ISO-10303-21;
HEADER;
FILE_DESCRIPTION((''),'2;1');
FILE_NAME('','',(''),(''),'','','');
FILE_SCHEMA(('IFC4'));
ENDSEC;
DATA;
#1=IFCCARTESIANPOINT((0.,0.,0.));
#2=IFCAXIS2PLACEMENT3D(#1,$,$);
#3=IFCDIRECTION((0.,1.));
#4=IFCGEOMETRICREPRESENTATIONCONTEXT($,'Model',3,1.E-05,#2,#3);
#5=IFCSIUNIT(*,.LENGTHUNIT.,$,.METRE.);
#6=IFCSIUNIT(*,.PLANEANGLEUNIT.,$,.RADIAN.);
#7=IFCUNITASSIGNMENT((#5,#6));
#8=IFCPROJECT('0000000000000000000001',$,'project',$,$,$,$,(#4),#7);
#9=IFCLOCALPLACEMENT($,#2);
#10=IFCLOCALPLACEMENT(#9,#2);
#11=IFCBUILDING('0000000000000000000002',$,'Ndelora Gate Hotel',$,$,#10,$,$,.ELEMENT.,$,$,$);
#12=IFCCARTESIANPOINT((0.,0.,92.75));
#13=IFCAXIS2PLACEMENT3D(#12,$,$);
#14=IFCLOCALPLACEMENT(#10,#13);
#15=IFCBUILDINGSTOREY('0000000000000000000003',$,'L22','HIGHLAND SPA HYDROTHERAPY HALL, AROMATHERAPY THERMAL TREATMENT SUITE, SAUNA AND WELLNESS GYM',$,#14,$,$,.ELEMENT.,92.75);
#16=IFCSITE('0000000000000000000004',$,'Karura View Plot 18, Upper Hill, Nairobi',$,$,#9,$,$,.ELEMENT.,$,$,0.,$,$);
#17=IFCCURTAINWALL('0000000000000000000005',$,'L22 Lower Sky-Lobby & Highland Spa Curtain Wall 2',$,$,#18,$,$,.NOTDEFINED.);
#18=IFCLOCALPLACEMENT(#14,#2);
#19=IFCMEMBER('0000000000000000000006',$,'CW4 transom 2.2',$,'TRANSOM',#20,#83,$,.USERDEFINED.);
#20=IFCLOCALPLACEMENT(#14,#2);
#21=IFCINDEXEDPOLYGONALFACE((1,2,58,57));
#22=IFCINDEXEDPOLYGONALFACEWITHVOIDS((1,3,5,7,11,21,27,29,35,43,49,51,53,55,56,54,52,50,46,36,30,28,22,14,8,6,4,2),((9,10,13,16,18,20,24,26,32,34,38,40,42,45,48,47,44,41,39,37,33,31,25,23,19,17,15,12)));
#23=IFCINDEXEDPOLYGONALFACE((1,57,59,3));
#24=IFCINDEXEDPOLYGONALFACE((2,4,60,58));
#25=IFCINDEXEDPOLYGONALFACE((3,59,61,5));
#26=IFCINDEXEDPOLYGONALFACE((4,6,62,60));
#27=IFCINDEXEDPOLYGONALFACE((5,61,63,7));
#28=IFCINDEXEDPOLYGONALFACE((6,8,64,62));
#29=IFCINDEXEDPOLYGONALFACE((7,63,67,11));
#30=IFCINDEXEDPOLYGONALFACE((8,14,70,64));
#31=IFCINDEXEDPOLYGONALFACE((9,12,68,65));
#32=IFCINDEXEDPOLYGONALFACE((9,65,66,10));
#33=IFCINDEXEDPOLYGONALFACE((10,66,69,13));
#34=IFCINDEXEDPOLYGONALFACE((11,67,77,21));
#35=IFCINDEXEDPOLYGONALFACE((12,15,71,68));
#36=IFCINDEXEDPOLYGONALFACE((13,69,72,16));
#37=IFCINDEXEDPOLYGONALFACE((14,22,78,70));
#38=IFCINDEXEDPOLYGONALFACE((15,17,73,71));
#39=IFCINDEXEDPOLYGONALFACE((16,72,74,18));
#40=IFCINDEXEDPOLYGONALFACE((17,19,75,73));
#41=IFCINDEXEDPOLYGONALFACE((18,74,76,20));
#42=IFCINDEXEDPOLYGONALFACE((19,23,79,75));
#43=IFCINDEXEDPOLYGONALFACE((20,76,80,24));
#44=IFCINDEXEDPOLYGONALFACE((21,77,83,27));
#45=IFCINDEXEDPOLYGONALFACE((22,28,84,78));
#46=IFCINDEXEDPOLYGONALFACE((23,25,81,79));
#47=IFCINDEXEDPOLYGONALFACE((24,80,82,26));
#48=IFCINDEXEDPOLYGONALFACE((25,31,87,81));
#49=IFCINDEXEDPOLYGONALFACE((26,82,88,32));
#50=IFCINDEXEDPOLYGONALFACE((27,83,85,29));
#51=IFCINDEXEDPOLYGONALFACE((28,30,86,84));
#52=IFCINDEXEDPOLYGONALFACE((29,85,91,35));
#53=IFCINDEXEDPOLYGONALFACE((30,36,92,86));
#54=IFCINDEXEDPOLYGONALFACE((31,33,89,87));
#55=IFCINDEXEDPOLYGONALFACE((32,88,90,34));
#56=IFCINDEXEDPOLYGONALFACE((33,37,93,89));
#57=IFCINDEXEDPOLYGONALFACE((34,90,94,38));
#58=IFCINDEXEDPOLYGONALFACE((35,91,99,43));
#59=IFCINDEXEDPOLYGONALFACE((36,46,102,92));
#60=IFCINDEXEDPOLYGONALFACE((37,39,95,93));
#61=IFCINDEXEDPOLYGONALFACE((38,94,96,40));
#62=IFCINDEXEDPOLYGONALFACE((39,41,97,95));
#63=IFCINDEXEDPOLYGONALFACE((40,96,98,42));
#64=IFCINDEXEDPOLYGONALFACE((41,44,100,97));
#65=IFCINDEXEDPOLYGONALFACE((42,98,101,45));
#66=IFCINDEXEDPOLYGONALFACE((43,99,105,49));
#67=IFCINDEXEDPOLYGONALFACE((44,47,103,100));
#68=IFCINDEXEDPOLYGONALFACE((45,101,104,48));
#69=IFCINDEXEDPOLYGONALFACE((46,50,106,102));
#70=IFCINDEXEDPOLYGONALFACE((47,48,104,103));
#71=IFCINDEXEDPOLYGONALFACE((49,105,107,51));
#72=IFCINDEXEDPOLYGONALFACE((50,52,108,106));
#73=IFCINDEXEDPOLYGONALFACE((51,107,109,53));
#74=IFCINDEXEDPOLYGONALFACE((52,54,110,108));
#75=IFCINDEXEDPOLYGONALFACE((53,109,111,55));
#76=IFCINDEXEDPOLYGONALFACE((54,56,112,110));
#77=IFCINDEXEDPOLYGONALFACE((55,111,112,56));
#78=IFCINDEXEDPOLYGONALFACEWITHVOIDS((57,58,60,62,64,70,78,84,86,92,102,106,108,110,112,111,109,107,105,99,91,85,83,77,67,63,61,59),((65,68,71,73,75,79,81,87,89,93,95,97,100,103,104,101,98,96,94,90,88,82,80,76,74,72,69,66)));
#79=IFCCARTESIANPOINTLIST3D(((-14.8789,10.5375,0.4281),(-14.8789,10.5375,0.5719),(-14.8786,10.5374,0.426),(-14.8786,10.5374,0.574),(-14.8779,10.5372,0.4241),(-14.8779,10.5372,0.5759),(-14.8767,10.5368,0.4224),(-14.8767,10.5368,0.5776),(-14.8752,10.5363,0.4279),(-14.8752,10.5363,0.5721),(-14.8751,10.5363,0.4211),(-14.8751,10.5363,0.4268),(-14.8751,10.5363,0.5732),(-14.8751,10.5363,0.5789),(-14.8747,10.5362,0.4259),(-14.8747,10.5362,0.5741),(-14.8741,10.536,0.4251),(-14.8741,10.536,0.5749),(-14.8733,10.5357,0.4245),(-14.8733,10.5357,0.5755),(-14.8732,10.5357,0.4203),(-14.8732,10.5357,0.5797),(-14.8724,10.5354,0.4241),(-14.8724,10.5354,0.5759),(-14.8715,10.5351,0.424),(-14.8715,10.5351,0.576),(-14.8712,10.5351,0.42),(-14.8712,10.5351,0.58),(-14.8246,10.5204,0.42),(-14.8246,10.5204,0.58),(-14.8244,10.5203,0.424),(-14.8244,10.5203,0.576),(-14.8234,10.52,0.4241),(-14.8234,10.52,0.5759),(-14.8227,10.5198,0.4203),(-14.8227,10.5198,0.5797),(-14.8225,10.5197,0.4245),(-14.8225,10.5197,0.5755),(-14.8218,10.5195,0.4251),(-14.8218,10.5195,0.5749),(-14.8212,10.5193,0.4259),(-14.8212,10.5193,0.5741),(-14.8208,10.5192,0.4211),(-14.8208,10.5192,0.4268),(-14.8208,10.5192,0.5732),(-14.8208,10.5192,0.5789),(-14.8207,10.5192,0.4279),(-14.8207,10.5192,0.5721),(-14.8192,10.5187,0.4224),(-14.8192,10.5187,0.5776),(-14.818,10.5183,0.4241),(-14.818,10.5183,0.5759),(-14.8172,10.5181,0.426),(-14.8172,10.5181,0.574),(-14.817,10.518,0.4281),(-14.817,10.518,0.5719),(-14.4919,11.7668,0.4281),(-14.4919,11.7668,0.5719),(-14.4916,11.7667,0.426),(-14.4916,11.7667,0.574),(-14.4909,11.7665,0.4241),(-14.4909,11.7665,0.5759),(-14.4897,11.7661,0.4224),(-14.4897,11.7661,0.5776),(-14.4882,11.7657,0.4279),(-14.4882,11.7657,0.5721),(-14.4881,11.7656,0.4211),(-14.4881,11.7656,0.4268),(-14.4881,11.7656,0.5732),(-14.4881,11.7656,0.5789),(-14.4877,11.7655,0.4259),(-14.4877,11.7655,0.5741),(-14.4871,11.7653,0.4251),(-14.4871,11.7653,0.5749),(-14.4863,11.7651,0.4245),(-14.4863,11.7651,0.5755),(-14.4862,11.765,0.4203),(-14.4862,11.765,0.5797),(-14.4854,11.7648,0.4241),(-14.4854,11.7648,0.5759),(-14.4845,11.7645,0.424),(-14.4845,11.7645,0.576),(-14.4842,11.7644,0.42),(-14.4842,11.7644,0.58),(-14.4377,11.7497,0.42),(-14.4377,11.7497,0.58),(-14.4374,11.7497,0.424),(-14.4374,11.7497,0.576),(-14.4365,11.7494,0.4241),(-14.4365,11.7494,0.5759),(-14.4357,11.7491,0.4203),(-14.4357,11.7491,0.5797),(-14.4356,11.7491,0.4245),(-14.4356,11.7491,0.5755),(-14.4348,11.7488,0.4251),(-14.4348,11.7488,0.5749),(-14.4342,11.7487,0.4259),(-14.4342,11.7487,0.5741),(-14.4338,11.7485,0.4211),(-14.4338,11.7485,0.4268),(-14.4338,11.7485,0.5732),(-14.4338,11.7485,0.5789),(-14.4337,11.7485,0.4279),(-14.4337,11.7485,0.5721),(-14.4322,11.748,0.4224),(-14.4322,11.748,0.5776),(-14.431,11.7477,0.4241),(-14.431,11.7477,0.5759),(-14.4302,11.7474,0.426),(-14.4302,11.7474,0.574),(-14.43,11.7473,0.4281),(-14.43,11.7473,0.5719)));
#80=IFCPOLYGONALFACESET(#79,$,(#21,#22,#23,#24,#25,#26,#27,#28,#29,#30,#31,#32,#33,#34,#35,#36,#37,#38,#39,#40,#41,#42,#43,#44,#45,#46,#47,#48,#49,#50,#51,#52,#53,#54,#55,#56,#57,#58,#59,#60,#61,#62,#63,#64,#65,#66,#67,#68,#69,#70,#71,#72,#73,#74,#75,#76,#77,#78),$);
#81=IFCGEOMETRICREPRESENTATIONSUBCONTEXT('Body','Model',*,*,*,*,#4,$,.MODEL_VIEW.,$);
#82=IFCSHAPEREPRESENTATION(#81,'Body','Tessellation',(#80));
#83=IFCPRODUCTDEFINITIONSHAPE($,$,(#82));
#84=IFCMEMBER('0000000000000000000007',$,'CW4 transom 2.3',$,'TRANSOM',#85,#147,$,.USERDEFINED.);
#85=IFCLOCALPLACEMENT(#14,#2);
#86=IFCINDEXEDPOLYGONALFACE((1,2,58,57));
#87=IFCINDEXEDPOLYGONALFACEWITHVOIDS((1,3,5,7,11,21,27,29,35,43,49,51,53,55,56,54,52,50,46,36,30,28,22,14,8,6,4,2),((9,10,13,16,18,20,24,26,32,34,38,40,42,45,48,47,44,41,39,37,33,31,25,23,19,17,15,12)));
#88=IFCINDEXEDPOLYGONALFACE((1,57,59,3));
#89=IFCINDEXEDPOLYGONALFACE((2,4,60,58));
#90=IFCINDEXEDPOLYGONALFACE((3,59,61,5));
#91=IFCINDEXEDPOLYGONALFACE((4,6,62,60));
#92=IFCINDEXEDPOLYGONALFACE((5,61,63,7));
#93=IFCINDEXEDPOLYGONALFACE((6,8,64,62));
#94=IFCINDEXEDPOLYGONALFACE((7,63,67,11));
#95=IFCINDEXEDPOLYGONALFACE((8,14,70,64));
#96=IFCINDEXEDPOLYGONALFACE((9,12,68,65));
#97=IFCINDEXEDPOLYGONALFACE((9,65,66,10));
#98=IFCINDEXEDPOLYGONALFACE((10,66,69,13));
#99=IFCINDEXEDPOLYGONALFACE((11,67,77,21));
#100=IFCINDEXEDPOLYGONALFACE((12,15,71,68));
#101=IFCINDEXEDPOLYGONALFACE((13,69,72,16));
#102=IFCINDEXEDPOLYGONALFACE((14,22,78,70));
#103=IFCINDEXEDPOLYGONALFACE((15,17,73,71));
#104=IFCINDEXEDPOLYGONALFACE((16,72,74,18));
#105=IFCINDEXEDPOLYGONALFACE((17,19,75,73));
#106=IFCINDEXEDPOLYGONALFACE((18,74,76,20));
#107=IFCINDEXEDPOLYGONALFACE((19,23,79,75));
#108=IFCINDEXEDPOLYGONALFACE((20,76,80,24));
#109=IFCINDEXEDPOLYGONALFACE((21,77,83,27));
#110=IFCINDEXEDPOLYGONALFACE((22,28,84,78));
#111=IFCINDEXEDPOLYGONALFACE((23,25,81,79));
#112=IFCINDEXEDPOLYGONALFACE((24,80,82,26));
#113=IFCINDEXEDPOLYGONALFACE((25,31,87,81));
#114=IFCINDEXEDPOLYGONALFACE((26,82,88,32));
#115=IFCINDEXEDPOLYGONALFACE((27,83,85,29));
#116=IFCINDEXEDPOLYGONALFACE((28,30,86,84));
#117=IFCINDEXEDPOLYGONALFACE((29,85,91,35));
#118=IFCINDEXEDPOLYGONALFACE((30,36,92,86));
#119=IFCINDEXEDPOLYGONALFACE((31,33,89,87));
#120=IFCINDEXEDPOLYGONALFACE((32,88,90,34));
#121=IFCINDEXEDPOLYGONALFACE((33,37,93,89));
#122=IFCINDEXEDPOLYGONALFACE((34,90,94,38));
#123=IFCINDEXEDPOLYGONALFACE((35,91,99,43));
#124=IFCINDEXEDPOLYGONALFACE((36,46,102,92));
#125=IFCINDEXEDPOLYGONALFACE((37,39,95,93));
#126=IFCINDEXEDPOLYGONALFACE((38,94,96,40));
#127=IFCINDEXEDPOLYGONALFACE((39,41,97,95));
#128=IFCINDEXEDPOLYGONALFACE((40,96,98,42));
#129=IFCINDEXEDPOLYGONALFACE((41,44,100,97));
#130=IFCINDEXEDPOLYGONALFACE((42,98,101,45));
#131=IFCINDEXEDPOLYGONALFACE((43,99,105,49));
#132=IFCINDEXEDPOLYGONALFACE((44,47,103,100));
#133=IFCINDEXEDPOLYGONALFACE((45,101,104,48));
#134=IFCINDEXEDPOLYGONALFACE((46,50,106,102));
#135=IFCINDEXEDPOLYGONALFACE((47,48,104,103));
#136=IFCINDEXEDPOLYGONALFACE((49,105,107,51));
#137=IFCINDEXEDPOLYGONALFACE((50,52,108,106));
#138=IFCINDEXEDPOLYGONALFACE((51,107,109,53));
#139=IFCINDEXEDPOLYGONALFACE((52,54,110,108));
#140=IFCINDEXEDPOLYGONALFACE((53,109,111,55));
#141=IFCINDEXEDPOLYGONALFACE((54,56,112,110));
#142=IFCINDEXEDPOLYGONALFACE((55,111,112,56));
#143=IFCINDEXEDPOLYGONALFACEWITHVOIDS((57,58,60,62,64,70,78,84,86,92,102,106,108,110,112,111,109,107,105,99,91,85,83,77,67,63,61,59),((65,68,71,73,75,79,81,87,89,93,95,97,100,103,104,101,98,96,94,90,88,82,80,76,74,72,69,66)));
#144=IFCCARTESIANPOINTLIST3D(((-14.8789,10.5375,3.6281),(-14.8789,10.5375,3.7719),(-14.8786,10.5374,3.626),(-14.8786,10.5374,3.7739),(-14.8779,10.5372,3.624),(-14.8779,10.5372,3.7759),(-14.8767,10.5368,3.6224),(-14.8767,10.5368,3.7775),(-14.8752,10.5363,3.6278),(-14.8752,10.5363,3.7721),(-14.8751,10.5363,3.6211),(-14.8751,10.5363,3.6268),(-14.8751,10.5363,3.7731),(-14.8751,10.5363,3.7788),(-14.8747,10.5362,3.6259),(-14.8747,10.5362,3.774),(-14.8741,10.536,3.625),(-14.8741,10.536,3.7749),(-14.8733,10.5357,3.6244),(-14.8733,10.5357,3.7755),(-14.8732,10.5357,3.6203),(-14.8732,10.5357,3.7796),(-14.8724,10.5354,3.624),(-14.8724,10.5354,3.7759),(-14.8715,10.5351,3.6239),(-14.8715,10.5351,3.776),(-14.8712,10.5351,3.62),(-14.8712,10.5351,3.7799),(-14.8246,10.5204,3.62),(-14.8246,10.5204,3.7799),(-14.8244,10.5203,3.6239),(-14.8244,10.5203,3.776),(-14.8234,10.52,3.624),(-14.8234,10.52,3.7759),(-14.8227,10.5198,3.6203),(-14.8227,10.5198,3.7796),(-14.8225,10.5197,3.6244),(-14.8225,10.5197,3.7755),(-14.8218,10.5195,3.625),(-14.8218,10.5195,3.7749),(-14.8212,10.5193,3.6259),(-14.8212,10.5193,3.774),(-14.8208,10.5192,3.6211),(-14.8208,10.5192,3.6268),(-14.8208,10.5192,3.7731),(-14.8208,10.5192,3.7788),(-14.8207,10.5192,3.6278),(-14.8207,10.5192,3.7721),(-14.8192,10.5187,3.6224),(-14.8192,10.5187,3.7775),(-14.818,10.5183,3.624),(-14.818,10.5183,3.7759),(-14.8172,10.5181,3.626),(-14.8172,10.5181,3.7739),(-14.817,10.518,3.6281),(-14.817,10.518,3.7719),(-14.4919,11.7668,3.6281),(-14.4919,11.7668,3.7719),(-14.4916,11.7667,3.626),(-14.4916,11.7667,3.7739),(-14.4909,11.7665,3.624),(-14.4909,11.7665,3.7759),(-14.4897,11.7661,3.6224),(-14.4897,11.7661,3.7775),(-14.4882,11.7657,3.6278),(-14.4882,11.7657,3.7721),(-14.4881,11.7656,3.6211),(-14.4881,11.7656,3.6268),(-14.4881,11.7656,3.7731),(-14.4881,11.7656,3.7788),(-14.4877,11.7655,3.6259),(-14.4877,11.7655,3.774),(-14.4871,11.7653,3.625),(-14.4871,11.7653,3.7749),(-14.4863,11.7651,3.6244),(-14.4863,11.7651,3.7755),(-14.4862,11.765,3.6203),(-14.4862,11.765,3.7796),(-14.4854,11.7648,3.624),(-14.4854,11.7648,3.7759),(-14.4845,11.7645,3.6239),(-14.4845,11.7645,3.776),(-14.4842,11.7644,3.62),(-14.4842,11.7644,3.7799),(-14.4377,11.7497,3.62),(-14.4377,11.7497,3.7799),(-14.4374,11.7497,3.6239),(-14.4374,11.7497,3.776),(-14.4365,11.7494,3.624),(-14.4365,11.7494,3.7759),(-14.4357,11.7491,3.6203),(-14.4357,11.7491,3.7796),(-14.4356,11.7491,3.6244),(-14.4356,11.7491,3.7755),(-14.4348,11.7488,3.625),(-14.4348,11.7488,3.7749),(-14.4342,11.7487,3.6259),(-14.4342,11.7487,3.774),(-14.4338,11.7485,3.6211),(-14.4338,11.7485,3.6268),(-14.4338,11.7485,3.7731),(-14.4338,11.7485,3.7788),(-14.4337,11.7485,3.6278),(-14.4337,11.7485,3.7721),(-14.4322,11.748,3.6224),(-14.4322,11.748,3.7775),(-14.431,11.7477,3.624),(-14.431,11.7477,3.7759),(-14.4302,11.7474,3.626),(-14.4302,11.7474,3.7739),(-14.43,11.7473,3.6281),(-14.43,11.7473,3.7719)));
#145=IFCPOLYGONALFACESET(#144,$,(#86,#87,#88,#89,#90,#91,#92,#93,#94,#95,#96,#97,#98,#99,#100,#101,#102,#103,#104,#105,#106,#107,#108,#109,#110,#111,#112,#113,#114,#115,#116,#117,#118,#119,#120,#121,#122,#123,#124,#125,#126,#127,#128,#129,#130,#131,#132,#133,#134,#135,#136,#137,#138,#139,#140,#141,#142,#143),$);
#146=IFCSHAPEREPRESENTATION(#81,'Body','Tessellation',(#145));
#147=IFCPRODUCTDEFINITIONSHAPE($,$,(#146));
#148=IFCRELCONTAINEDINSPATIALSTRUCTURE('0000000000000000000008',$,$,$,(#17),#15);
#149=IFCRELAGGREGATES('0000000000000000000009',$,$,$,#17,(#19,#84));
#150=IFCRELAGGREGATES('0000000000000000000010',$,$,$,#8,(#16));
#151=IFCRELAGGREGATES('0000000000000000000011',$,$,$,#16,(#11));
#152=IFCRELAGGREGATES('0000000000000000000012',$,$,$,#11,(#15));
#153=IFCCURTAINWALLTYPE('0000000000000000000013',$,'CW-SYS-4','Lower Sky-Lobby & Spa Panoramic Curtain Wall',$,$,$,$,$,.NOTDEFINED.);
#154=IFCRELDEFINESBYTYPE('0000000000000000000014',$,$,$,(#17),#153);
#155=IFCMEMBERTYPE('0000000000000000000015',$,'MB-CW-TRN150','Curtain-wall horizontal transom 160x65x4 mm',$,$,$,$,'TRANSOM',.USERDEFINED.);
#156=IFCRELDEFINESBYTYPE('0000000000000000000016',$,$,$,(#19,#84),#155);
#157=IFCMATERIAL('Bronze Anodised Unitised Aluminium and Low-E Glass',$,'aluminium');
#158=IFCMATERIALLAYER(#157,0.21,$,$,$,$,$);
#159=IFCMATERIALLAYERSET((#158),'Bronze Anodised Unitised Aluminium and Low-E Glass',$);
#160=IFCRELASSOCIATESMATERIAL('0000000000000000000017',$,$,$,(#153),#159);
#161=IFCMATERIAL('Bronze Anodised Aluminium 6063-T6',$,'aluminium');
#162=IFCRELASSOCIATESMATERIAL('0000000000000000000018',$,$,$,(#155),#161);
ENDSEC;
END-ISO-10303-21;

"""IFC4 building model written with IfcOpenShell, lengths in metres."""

from ifc_helpers import new_model, si_unit, direction, frame, origin, origin_2d, place, context, subcontext, project, spatial, hollow_rectangle, extrude, material, layer, layer_set, material_profile, profile_set, type_object, element, aggregate, save


model = new_model("IFC4")

# Units and contexts
model_context = context("Model", 3, precision=1e-05, world=origin(), true_north=direction((0.0, 1.0)))
body_context = subcontext(model_context, "Body", "Model", "MODEL_VIEW")
ifc_project = project(units=[si_unit("LENGTHUNIT", "METRE"), si_unit("PLANEANGLEUNIT", "RADIAN")], contexts=[model_context])

# Site, building, storey
site_placement = place(None, origin())
site = spatial("IfcSite", under=ifc_project, at=site_placement, Name="Karura View Plot 18, Upper Hill, Nairobi", CompositionType="ELEMENT", RefElevation=0.0)
building_placement = place(site_placement, origin())
building = spatial("IfcBuilding", under=site, at=building_placement, Name="Ndelora Gate Hotel", CompositionType="ELEMENT")
storey_placement = place(building_placement, frame((0.0, 0.0, 92.75)))
storey = spatial("IfcBuildingStorey", under=building, at=storey_placement, Name="L22", Description="HIGHLAND SPA HYDROTHERAPY HALL, AROMATHERAPY THERMAL TREATMENT SUITE, SAUNA AND WELLNESS GYM", CompositionType="ELEMENT", Elevation=92.75)

# Curtain wall, members
ifc_material_1 = material(Name="Bronze Anodised Unitised Aluminium and Low-E Glass", Category="aluminium")
ifc_layer_1 = layer(ifc_material_1, 0.21)
ifc_layer_set_1 = layer_set([ifc_layer_1], Name="Bronze Anodised Unitised Aluminium and Low-E Glass")
curtain_wall_type = type_object("IfcCurtainWallType", Name="CW-SYS-4", Description="Lower Sky-Lobby & Spa Panoramic Curtain Wall", PredefinedType="NOTDEFINED", material=ifc_layer_set_1)
curtain_wall_placement = place(storey_placement, origin())
curtain_wall = element("IfcCurtainWall", 1, at=curtain_wall_placement, inside=storey, type_object=curtain_wall_type, Name="L22 Lower Sky-Lobby & Highland Spa Curtain Wall 2", PredefinedType="NOTDEFINED")
ifc_material_2 = material(Name="Bronze Anodised Aluminium 6063-T6", Category="aluminium")
ifc_material_profile_1 = material_profile(ifc_material_2, hollow_rectangle(XDim=0.0649, YDim=0.1599, WallThickness=0.0039, InnerFilletRadius=0.0039, OuterFilletRadius=0.0081, at=origin_2d()), Name="ALU 160x65x4")
ifc_profile_set_1 = profile_set([ifc_material_profile_1], Name="Bronze Anodised Aluminium 6063-T6")
member_type_1 = type_object("IfcMemberType", Name="MB-CW-TRN150", Description="Curtain-wall horizontal transom 160x65x4 mm", ElementType="TRANSOM", PredefinedType="USERDEFINED", material=ifc_profile_set_1)
member_1_placement = place(storey_placement, frame((-14.4609, 11.7571, 0.5), z_axis=(-0.30027, -0.953854, 0.0), x_axis=(0.953854, -0.30027, 0.0)))
member_1 = element("IfcMember", 2, at=member_1_placement, type_object=member_type_1, Name="CW4 transom 2.2", ObjectType="TRANSOM", PredefinedType="USERDEFINED", context=body_context, shape_type="SweptSolid", body=[
    extrude(hollow_rectangle(XDim=0.0649, YDim=0.1599, WallThickness=0.0039, InnerFilletRadius=0.0039, OuterFilletRadius=0.0081, at=origin_2d()), origin(), (0.0, 0.0, 1.0), 1.2888),
])
member_2_placement = place(storey_placement, frame((-14.4609, 11.7571, 3.7), z_axis=(-0.30027, -0.953854, 0.0), x_axis=(0.953854, -0.30027, 0.0)))
member_2 = element("IfcMember", 3, at=member_2_placement, type_object=member_type_1, Name="CW4 transom 2.3", ObjectType="TRANSOM", PredefinedType="USERDEFINED", context=body_context, shape_type="SweptSolid", body=[
    extrude(hollow_rectangle(XDim=0.0649, YDim=0.1599, WallThickness=0.0039, InnerFilletRadius=0.0039, OuterFilletRadius=0.0081, at=origin_2d()), origin(), (0.0, 0.0, 1.0), 1.2888),
])
aggregate(curtain_wall, [member_1, member_2])

save(model, "model.ifc")
